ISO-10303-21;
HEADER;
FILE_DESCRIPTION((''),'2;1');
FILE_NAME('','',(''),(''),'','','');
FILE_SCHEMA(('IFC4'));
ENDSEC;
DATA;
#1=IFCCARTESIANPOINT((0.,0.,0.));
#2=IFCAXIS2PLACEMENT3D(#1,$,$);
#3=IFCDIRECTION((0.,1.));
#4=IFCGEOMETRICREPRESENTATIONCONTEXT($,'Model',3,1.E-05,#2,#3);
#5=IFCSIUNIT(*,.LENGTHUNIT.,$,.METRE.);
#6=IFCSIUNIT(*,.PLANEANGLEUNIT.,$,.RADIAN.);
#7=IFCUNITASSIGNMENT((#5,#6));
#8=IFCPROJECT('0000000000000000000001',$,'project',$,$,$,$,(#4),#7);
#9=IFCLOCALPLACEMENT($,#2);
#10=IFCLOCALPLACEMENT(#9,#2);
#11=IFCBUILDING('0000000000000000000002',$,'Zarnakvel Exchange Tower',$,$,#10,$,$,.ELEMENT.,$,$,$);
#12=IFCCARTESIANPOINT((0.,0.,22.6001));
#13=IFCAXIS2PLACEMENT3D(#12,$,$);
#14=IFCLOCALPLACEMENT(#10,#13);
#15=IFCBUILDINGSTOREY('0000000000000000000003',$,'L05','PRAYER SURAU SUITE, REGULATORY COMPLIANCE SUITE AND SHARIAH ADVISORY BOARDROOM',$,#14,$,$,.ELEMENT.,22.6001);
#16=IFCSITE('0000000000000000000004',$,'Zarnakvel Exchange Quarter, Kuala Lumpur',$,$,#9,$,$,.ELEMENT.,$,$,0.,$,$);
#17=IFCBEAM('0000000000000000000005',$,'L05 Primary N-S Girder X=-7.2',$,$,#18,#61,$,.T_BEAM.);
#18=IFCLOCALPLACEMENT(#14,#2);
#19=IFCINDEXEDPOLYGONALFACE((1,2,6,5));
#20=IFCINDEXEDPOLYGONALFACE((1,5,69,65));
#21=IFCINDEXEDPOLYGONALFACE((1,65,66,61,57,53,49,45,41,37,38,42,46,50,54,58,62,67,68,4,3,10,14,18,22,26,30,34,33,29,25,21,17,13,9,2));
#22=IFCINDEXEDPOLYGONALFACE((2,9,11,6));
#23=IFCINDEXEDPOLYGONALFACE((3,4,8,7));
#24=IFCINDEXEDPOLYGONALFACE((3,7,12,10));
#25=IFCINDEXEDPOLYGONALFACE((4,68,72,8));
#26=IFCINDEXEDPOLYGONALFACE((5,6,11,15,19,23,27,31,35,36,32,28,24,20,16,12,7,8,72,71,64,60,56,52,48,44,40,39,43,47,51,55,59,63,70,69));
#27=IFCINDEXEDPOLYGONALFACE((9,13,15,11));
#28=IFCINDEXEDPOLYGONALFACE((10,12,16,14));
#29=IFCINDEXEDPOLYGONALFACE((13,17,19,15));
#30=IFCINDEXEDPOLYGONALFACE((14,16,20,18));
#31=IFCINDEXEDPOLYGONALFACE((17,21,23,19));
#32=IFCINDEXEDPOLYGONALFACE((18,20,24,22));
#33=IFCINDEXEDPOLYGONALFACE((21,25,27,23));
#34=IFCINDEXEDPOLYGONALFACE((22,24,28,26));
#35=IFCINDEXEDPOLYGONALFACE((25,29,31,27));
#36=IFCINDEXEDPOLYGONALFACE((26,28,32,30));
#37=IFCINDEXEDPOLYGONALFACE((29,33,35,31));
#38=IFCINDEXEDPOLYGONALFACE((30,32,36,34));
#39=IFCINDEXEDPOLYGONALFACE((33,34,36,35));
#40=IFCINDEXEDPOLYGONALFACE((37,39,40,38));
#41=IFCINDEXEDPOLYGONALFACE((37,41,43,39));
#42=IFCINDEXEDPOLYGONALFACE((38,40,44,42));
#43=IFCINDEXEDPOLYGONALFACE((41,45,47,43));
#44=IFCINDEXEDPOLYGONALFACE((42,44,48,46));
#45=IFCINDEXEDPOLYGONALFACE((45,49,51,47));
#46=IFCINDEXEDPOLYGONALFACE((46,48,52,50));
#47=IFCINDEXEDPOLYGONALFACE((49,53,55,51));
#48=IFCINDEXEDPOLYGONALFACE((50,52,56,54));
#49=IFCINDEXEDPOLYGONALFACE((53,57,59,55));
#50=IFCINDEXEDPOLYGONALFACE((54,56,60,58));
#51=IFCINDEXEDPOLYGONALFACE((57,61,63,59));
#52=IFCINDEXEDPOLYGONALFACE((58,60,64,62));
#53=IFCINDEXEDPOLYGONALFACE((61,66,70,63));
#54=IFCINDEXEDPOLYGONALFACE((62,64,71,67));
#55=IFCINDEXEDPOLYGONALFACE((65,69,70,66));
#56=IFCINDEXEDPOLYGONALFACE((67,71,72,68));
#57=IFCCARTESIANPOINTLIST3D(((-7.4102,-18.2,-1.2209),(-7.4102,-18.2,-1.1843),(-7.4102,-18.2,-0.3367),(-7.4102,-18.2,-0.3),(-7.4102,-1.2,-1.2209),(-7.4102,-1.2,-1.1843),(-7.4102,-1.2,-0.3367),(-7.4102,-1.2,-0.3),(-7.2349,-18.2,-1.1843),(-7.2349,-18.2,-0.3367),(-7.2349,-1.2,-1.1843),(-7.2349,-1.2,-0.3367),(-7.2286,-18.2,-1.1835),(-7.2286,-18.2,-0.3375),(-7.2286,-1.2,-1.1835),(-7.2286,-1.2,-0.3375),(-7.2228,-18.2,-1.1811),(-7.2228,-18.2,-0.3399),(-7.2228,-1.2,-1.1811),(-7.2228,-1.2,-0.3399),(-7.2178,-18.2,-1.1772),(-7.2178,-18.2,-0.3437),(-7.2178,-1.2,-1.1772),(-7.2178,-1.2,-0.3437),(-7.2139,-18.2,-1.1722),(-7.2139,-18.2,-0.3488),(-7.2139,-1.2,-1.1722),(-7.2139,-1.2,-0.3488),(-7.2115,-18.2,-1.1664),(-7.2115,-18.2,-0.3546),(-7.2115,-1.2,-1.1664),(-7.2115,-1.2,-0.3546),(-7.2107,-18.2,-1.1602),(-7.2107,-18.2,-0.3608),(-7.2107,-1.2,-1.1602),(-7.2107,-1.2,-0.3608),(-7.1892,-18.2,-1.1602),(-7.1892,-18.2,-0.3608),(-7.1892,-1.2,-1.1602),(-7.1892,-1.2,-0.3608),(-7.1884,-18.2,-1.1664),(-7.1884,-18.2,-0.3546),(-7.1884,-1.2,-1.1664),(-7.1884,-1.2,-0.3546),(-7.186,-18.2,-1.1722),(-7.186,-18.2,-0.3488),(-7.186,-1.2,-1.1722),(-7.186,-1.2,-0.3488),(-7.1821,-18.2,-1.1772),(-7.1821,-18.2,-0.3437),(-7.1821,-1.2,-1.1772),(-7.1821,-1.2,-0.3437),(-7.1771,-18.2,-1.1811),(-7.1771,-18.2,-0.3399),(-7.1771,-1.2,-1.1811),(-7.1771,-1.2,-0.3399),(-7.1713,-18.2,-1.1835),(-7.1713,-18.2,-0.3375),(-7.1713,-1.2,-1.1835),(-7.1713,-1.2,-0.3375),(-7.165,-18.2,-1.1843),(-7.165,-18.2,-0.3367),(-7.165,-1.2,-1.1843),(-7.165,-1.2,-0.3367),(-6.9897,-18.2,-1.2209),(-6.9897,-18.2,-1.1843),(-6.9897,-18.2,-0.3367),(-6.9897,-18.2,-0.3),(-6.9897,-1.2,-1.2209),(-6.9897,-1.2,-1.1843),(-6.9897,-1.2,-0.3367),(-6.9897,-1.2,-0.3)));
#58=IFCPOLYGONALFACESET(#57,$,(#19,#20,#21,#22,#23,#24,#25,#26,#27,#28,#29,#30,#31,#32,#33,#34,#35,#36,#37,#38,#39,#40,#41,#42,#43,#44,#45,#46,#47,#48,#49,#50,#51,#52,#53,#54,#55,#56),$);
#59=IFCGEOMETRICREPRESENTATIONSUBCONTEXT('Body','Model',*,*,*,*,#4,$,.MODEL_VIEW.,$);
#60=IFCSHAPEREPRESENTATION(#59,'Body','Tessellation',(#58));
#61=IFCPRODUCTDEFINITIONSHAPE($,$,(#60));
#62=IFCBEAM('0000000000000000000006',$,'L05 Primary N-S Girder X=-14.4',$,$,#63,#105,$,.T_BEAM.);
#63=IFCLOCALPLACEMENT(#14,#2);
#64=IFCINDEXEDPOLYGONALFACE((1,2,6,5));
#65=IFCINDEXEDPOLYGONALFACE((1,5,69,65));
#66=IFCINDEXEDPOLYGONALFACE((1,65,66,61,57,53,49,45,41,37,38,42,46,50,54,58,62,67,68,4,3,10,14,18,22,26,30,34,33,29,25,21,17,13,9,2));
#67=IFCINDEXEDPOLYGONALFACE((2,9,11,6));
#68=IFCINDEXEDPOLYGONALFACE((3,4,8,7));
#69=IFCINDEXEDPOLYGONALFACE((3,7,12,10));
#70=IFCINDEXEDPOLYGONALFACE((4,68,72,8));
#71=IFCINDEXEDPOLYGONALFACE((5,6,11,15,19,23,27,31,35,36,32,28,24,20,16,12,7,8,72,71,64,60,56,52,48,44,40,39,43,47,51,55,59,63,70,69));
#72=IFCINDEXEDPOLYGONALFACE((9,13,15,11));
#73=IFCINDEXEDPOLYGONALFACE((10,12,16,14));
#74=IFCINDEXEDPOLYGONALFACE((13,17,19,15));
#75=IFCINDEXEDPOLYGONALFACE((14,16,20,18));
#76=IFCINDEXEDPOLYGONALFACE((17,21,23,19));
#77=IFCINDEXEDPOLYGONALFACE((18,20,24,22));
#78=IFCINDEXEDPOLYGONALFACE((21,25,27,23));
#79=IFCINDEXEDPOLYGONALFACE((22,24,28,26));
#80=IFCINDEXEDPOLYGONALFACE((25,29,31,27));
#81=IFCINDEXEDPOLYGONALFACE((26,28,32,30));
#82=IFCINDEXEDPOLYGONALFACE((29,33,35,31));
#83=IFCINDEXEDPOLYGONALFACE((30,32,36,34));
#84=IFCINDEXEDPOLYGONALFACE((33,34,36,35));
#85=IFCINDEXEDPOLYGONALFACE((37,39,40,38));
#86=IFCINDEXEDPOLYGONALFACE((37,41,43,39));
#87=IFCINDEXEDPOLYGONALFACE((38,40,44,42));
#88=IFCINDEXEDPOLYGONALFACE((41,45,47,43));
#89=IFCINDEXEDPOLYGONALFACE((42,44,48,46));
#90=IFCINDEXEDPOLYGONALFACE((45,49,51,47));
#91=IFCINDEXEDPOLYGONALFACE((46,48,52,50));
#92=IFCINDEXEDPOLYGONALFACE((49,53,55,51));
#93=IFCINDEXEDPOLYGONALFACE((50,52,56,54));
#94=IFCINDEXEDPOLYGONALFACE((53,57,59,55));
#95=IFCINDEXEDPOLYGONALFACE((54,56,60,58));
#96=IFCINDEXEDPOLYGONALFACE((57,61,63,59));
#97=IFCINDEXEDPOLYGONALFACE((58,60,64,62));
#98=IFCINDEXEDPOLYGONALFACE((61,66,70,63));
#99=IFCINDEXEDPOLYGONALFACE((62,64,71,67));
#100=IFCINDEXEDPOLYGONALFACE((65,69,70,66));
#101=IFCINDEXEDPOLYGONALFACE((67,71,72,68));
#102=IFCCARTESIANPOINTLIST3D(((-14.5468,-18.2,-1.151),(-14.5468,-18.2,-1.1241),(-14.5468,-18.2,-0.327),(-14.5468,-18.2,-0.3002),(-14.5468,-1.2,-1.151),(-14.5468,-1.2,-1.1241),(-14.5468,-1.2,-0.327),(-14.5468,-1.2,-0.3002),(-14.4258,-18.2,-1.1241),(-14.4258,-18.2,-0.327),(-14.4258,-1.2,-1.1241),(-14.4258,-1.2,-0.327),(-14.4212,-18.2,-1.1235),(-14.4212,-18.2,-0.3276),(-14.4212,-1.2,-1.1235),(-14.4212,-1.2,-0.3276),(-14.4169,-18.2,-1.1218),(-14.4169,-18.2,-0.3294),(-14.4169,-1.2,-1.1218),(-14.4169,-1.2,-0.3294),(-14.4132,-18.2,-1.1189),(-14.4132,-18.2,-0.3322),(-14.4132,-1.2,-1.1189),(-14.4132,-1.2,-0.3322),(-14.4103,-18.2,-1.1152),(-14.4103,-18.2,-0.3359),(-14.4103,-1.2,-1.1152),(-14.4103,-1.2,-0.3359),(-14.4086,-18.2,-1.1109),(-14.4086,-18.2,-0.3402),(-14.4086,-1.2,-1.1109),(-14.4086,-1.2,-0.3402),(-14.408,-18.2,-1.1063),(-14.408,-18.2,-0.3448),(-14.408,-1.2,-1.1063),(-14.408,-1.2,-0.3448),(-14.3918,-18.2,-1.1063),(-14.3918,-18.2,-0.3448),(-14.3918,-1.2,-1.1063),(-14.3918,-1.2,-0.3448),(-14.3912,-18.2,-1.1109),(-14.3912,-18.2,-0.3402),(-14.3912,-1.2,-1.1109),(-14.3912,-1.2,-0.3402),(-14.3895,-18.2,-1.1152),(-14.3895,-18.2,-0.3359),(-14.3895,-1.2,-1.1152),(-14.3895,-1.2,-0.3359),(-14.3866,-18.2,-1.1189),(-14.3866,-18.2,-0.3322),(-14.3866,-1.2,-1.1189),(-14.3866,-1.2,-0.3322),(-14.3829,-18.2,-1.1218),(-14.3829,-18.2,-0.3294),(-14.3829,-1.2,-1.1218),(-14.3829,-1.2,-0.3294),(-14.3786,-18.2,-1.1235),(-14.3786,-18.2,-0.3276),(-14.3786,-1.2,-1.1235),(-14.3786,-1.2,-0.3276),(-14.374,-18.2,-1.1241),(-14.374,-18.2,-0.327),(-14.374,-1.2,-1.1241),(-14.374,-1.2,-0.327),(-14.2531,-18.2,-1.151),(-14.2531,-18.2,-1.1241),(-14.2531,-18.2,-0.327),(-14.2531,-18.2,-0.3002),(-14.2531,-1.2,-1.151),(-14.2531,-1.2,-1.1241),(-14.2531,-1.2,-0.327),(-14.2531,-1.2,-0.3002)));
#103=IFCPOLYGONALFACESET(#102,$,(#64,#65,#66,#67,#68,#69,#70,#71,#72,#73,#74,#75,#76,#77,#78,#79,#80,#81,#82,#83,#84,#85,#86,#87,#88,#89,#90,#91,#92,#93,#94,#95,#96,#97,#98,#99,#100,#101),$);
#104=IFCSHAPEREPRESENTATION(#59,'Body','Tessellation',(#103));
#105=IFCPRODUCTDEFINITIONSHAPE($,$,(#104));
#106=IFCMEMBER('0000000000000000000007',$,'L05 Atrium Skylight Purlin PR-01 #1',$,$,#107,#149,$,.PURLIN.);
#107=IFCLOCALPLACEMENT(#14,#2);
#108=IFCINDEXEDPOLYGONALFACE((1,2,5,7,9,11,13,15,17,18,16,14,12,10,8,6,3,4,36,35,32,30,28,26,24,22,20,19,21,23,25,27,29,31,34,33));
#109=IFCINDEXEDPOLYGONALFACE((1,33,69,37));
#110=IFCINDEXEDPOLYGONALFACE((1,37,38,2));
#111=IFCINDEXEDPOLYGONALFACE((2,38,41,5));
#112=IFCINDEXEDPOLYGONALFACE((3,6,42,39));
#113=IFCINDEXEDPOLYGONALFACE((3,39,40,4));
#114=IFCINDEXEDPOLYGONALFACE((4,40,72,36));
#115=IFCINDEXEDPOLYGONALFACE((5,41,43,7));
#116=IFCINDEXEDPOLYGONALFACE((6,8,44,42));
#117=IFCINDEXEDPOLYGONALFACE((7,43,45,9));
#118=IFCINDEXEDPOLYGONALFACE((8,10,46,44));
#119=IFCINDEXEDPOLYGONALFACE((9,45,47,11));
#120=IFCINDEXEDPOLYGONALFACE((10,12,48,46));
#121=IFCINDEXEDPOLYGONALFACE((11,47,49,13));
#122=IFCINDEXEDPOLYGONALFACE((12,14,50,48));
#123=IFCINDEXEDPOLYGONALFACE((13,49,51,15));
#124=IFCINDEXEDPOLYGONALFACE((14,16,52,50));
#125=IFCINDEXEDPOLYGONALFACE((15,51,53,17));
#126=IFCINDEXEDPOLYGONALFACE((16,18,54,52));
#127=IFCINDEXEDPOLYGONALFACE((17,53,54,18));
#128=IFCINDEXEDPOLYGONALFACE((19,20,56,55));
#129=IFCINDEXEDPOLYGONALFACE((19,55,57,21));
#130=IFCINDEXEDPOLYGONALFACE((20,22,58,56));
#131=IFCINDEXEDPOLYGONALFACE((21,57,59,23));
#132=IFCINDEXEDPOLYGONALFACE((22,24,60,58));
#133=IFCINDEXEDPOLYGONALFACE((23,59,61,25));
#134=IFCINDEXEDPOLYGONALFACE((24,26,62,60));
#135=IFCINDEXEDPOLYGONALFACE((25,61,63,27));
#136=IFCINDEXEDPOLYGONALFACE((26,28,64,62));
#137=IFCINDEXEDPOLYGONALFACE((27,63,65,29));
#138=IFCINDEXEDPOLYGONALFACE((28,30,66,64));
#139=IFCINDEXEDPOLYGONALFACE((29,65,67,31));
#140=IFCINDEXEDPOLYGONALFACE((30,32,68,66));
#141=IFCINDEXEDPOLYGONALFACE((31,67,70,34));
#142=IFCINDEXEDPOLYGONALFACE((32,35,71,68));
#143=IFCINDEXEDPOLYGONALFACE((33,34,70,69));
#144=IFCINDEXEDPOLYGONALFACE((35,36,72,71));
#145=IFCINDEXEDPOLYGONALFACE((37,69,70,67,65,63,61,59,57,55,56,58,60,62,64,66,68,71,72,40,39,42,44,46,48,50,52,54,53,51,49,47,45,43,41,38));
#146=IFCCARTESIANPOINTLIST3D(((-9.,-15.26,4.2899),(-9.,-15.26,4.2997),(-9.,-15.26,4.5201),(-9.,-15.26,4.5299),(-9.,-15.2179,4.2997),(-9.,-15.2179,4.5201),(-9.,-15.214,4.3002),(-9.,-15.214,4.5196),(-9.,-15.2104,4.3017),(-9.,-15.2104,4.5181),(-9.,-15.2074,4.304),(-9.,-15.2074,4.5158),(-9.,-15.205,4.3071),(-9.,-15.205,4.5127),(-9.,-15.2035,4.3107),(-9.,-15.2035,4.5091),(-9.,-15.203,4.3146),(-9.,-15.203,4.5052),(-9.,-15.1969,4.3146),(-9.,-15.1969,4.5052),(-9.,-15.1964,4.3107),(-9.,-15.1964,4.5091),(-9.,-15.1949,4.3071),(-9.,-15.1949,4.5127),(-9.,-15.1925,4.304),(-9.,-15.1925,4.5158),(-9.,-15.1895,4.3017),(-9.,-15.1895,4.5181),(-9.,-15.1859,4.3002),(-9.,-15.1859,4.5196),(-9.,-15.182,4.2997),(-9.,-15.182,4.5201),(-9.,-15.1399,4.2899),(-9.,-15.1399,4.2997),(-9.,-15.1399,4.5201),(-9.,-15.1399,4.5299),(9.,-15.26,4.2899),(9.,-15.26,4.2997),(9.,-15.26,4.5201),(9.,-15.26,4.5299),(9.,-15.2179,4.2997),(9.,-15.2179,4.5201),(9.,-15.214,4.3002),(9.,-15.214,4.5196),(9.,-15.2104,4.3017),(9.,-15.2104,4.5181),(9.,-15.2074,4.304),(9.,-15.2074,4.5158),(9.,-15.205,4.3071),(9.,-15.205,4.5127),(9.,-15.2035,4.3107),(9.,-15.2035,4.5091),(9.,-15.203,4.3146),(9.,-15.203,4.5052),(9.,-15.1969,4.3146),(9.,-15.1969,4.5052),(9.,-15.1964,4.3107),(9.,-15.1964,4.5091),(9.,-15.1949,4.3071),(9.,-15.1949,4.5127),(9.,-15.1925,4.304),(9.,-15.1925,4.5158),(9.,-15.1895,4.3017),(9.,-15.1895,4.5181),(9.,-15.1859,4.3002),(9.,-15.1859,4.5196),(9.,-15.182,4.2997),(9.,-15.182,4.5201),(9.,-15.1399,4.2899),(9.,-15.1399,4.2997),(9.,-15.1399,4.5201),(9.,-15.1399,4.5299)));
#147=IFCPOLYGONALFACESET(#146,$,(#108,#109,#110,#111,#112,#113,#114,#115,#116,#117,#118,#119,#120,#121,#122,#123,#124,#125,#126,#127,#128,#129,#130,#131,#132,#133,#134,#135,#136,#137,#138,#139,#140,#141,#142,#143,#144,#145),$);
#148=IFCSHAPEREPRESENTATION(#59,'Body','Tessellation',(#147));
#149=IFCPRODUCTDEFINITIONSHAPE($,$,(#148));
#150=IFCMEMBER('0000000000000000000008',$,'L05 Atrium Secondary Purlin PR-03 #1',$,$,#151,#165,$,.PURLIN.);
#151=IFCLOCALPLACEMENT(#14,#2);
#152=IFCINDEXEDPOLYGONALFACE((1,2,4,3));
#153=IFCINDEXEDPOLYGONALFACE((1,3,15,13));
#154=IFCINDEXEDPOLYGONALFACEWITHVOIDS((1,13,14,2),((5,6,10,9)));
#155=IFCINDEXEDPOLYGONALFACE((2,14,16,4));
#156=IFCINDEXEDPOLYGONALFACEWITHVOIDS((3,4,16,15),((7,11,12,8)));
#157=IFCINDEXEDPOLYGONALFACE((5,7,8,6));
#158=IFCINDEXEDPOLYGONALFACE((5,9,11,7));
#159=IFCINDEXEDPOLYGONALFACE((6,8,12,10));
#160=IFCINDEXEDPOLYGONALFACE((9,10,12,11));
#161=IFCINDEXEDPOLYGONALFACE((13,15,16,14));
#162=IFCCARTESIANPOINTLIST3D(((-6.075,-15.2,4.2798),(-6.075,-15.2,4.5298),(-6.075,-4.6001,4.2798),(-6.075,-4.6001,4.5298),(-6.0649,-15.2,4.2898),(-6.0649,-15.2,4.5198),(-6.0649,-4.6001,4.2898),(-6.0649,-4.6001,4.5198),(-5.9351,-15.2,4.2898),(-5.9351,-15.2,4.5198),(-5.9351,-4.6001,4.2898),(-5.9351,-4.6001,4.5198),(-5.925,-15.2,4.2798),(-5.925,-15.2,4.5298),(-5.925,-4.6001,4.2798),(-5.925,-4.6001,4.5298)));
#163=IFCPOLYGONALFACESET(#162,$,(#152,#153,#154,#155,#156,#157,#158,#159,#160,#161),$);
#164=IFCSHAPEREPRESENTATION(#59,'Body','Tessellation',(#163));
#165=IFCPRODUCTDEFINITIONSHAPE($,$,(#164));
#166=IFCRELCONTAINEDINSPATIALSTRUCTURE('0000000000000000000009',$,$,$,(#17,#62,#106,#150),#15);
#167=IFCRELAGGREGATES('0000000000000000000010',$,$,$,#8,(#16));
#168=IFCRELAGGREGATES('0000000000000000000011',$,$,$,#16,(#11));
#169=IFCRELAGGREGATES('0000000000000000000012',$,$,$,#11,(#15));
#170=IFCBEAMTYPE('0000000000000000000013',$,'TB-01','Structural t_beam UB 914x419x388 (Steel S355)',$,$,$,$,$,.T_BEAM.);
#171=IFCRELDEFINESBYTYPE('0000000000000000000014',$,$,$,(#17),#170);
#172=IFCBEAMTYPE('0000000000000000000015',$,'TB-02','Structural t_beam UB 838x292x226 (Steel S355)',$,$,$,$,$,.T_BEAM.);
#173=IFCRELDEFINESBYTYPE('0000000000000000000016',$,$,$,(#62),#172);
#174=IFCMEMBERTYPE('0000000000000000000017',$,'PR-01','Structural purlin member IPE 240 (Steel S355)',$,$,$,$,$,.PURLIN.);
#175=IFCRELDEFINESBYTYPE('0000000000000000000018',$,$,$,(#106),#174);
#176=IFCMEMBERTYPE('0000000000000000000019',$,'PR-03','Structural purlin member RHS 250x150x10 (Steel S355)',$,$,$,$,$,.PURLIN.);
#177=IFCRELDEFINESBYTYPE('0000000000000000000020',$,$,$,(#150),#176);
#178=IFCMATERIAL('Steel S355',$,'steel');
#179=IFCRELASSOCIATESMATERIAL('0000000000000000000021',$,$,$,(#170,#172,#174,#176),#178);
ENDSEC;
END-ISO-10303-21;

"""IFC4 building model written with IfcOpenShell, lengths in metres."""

from ifc_helpers import new_model, si_unit, direction, frame, origin, origin_2d, place, context, subcontext, project, spatial, hollow_rectangle, i_section, extrude, source, transform, mapped, material, material_profile, profile_set, type_object, element, save


model = new_model("IFC4")

# Units and contexts
model_context = context("Model", 3, precision=1e-05, world=origin(), true_north=direction((0.0, 1.0)))
body_context = subcontext(model_context, "Body", "Model", "MODEL_VIEW")
ifc_project = project(units=[si_unit("LENGTHUNIT", "METRE"), si_unit("PLANEANGLEUNIT", "RADIAN")], contexts=[model_context])

# Site, building, storey
site_placement = place(None, origin())
site = spatial("IfcSite", under=ifc_project, at=site_placement, Name="Zarnakvel Exchange Quarter, Kuala Lumpur", CompositionType="ELEMENT", RefElevation=0.0)
building_placement = place(site_placement, origin())
building = spatial("IfcBuilding", under=site, at=building_placement, Name="Zarnakvel Exchange Tower", CompositionType="ELEMENT")
storey_placement = place(building_placement, frame((0.0, 0.0, 22.6001)))
storey = spatial("IfcBuildingStorey", under=building, at=storey_placement, Name="L05", Description="PRAYER SURAU SUITE, REGULATORY COMPLIANCE SUITE AND SHARIAH ADVISORY BOARDROOM", CompositionType="ELEMENT", Elevation=22.6001)

# Beams
ifc_material_1 = material(Name="Steel S355", Category="steel")
ifc_material_profile_1 = material_profile(ifc_material_1, i_section(OverallWidth=0.4204, OverallDepth=0.9209, WebThickness=0.0215, FlangeThickness=0.0366, FilletRadius=0.0242, at=origin_2d()))
ifc_profile_set_1 = profile_set([ifc_material_profile_1], Name="Steel S355")
beam_type_1 = type_object("IfcBeamType", Name="TB-01", Description="Structural t_beam UB 914x419x388 (Steel S355)", PredefinedType="T_BEAM", material=ifc_profile_set_1)
beam_1_placement = place(storey_placement, frame((-7.2, -18.2, -0.7605), z_axis=(0.0, 1.0, 0.0), x_axis=(-1.0, 0.0, 0.0)))
element("IfcBeam", 1, at=beam_1_placement, inside=storey, type_object=beam_type_1, Name="L05 Primary N-S Girder X=-7.2", PredefinedType="T_BEAM", context=body_context, shape_type="SweptSolid", body=[
    extrude(i_section(OverallWidth=0.4204, OverallDepth=0.9209, WebThickness=0.0215, FlangeThickness=0.0366, FilletRadius=0.0242, at=origin_2d()), origin(), (0.0, 0.0, 1.0), 17.0),
])
ifc_material_profile_2 = material_profile(ifc_material_1, i_section(OverallWidth=0.2937, OverallDepth=0.8508, WebThickness=0.0161, FlangeThickness=0.0269, FilletRadius=0.0178, at=origin_2d()))
ifc_profile_set_2 = profile_set([ifc_material_profile_2], Name="Steel S355")
beam_type_2 = type_object("IfcBeamType", Name="TB-02", Description="Structural t_beam UB 838x292x226 (Steel S355)", PredefinedType="T_BEAM", material=ifc_profile_set_2)
beam_2_placement = place(storey_placement, frame((-14.3999, -18.2, -0.7256), z_axis=(0.0, 1.0, 0.0), x_axis=(-1.0, 0.0, 0.0)))
element("IfcBeam", 2, at=beam_2_placement, inside=storey, type_object=beam_type_2, Name="L05 Primary N-S Girder X=-14.4", PredefinedType="T_BEAM", context=body_context, shape_type="SweptSolid", body=[
    extrude(i_section(OverallWidth=0.2937, OverallDepth=0.8508, WebThickness=0.0161, FlangeThickness=0.0269, FilletRadius=0.0178, at=origin_2d()), origin(), (0.0, 0.0, 1.0), 17.0),
])

# Members
ifc_material_profile_3 = material_profile(ifc_material_1, i_section(OverallWidth=0.1201, OverallDepth=0.24, WebThickness=0.0061, FlangeThickness=0.0098, FilletRadius=0.0149, at=origin_2d()))
ifc_profile_set_3 = profile_set([ifc_material_profile_3], Name="Steel S355")
member_type_1 = type_object("IfcMemberType", Name="PR-01", Description="Structural purlin member IPE 240 (Steel S355)", PredefinedType="PURLIN", material=ifc_profile_set_3)
shared_shape_1 = source(origin(), body_context, "Body", "SweptSolid", [
    extrude(i_section(OverallWidth=0.1201, OverallDepth=0.24, WebThickness=0.0061, FlangeThickness=0.0098, FilletRadius=0.0149, at=origin_2d()), origin(), (0.0, 0.0, 1.0), 18.0),
])
member_1_placement = place(storey_placement, frame((-9.0, -15.2, 4.4099), z_axis=(1.0, 0.0, 0.0), x_axis=(0.0, 1.0, 0.0)))
element("IfcMember", 3, at=member_1_placement, inside=storey, type_object=member_type_1, Name="L05 Atrium Skylight Purlin PR-01 #1", PredefinedType="PURLIN", context=body_context, shape_type="MappedRepresentation", body=[
    mapped(shared_shape_1, transform((0.0, 0.0, 0.0), x_axis=(1.0, 0.0, 0.0), y_axis=(0.0, 1.0, 0.0), z_axis=(0.0, 0.0, 1.0), scale=1.0)),
])
ifc_material_profile_4 = material_profile(ifc_material_1, hollow_rectangle(XDim=0.1499, YDim=0.25, WallThickness=0.01, at=origin_2d()))
ifc_profile_set_4 = profile_set([ifc_material_profile_4], Name="Steel S355")
member_type_2 = type_object("IfcMemberType", Name="PR-03", Description="Structural purlin member RHS 250x150x10 (Steel S355)", PredefinedType="PURLIN", material=ifc_profile_set_4)
shared_shape_2 = source(origin(), body_context, "Body", "SweptSolid", [
    extrude(hollow_rectangle(XDim=0.1499, YDim=0.25, WallThickness=0.01, at=origin_2d()), origin(), (0.0, 0.0, 1.0), 10.5999),
])
member_2_placement = place(storey_placement, frame((-6.0, -15.2, 4.4048), z_axis=(0.0, 1.0, 0.0), x_axis=(-1.0, 0.0, 0.0)))
element("IfcMember", 4, at=member_2_placement, inside=storey, type_object=member_type_2, Name="L05 Atrium Secondary Purlin PR-03 #1", PredefinedType="PURLIN", context=body_context, shape_type="MappedRepresentation", body=[
    mapped(shared_shape_2, transform((0.0, 0.0, 0.0), x_axis=(1.0, 0.0, 0.0), y_axis=(0.0, 1.0, 0.0), z_axis=(0.0, 0.0, 1.0), scale=1.0)),
])

save(model, "model.ifc")
